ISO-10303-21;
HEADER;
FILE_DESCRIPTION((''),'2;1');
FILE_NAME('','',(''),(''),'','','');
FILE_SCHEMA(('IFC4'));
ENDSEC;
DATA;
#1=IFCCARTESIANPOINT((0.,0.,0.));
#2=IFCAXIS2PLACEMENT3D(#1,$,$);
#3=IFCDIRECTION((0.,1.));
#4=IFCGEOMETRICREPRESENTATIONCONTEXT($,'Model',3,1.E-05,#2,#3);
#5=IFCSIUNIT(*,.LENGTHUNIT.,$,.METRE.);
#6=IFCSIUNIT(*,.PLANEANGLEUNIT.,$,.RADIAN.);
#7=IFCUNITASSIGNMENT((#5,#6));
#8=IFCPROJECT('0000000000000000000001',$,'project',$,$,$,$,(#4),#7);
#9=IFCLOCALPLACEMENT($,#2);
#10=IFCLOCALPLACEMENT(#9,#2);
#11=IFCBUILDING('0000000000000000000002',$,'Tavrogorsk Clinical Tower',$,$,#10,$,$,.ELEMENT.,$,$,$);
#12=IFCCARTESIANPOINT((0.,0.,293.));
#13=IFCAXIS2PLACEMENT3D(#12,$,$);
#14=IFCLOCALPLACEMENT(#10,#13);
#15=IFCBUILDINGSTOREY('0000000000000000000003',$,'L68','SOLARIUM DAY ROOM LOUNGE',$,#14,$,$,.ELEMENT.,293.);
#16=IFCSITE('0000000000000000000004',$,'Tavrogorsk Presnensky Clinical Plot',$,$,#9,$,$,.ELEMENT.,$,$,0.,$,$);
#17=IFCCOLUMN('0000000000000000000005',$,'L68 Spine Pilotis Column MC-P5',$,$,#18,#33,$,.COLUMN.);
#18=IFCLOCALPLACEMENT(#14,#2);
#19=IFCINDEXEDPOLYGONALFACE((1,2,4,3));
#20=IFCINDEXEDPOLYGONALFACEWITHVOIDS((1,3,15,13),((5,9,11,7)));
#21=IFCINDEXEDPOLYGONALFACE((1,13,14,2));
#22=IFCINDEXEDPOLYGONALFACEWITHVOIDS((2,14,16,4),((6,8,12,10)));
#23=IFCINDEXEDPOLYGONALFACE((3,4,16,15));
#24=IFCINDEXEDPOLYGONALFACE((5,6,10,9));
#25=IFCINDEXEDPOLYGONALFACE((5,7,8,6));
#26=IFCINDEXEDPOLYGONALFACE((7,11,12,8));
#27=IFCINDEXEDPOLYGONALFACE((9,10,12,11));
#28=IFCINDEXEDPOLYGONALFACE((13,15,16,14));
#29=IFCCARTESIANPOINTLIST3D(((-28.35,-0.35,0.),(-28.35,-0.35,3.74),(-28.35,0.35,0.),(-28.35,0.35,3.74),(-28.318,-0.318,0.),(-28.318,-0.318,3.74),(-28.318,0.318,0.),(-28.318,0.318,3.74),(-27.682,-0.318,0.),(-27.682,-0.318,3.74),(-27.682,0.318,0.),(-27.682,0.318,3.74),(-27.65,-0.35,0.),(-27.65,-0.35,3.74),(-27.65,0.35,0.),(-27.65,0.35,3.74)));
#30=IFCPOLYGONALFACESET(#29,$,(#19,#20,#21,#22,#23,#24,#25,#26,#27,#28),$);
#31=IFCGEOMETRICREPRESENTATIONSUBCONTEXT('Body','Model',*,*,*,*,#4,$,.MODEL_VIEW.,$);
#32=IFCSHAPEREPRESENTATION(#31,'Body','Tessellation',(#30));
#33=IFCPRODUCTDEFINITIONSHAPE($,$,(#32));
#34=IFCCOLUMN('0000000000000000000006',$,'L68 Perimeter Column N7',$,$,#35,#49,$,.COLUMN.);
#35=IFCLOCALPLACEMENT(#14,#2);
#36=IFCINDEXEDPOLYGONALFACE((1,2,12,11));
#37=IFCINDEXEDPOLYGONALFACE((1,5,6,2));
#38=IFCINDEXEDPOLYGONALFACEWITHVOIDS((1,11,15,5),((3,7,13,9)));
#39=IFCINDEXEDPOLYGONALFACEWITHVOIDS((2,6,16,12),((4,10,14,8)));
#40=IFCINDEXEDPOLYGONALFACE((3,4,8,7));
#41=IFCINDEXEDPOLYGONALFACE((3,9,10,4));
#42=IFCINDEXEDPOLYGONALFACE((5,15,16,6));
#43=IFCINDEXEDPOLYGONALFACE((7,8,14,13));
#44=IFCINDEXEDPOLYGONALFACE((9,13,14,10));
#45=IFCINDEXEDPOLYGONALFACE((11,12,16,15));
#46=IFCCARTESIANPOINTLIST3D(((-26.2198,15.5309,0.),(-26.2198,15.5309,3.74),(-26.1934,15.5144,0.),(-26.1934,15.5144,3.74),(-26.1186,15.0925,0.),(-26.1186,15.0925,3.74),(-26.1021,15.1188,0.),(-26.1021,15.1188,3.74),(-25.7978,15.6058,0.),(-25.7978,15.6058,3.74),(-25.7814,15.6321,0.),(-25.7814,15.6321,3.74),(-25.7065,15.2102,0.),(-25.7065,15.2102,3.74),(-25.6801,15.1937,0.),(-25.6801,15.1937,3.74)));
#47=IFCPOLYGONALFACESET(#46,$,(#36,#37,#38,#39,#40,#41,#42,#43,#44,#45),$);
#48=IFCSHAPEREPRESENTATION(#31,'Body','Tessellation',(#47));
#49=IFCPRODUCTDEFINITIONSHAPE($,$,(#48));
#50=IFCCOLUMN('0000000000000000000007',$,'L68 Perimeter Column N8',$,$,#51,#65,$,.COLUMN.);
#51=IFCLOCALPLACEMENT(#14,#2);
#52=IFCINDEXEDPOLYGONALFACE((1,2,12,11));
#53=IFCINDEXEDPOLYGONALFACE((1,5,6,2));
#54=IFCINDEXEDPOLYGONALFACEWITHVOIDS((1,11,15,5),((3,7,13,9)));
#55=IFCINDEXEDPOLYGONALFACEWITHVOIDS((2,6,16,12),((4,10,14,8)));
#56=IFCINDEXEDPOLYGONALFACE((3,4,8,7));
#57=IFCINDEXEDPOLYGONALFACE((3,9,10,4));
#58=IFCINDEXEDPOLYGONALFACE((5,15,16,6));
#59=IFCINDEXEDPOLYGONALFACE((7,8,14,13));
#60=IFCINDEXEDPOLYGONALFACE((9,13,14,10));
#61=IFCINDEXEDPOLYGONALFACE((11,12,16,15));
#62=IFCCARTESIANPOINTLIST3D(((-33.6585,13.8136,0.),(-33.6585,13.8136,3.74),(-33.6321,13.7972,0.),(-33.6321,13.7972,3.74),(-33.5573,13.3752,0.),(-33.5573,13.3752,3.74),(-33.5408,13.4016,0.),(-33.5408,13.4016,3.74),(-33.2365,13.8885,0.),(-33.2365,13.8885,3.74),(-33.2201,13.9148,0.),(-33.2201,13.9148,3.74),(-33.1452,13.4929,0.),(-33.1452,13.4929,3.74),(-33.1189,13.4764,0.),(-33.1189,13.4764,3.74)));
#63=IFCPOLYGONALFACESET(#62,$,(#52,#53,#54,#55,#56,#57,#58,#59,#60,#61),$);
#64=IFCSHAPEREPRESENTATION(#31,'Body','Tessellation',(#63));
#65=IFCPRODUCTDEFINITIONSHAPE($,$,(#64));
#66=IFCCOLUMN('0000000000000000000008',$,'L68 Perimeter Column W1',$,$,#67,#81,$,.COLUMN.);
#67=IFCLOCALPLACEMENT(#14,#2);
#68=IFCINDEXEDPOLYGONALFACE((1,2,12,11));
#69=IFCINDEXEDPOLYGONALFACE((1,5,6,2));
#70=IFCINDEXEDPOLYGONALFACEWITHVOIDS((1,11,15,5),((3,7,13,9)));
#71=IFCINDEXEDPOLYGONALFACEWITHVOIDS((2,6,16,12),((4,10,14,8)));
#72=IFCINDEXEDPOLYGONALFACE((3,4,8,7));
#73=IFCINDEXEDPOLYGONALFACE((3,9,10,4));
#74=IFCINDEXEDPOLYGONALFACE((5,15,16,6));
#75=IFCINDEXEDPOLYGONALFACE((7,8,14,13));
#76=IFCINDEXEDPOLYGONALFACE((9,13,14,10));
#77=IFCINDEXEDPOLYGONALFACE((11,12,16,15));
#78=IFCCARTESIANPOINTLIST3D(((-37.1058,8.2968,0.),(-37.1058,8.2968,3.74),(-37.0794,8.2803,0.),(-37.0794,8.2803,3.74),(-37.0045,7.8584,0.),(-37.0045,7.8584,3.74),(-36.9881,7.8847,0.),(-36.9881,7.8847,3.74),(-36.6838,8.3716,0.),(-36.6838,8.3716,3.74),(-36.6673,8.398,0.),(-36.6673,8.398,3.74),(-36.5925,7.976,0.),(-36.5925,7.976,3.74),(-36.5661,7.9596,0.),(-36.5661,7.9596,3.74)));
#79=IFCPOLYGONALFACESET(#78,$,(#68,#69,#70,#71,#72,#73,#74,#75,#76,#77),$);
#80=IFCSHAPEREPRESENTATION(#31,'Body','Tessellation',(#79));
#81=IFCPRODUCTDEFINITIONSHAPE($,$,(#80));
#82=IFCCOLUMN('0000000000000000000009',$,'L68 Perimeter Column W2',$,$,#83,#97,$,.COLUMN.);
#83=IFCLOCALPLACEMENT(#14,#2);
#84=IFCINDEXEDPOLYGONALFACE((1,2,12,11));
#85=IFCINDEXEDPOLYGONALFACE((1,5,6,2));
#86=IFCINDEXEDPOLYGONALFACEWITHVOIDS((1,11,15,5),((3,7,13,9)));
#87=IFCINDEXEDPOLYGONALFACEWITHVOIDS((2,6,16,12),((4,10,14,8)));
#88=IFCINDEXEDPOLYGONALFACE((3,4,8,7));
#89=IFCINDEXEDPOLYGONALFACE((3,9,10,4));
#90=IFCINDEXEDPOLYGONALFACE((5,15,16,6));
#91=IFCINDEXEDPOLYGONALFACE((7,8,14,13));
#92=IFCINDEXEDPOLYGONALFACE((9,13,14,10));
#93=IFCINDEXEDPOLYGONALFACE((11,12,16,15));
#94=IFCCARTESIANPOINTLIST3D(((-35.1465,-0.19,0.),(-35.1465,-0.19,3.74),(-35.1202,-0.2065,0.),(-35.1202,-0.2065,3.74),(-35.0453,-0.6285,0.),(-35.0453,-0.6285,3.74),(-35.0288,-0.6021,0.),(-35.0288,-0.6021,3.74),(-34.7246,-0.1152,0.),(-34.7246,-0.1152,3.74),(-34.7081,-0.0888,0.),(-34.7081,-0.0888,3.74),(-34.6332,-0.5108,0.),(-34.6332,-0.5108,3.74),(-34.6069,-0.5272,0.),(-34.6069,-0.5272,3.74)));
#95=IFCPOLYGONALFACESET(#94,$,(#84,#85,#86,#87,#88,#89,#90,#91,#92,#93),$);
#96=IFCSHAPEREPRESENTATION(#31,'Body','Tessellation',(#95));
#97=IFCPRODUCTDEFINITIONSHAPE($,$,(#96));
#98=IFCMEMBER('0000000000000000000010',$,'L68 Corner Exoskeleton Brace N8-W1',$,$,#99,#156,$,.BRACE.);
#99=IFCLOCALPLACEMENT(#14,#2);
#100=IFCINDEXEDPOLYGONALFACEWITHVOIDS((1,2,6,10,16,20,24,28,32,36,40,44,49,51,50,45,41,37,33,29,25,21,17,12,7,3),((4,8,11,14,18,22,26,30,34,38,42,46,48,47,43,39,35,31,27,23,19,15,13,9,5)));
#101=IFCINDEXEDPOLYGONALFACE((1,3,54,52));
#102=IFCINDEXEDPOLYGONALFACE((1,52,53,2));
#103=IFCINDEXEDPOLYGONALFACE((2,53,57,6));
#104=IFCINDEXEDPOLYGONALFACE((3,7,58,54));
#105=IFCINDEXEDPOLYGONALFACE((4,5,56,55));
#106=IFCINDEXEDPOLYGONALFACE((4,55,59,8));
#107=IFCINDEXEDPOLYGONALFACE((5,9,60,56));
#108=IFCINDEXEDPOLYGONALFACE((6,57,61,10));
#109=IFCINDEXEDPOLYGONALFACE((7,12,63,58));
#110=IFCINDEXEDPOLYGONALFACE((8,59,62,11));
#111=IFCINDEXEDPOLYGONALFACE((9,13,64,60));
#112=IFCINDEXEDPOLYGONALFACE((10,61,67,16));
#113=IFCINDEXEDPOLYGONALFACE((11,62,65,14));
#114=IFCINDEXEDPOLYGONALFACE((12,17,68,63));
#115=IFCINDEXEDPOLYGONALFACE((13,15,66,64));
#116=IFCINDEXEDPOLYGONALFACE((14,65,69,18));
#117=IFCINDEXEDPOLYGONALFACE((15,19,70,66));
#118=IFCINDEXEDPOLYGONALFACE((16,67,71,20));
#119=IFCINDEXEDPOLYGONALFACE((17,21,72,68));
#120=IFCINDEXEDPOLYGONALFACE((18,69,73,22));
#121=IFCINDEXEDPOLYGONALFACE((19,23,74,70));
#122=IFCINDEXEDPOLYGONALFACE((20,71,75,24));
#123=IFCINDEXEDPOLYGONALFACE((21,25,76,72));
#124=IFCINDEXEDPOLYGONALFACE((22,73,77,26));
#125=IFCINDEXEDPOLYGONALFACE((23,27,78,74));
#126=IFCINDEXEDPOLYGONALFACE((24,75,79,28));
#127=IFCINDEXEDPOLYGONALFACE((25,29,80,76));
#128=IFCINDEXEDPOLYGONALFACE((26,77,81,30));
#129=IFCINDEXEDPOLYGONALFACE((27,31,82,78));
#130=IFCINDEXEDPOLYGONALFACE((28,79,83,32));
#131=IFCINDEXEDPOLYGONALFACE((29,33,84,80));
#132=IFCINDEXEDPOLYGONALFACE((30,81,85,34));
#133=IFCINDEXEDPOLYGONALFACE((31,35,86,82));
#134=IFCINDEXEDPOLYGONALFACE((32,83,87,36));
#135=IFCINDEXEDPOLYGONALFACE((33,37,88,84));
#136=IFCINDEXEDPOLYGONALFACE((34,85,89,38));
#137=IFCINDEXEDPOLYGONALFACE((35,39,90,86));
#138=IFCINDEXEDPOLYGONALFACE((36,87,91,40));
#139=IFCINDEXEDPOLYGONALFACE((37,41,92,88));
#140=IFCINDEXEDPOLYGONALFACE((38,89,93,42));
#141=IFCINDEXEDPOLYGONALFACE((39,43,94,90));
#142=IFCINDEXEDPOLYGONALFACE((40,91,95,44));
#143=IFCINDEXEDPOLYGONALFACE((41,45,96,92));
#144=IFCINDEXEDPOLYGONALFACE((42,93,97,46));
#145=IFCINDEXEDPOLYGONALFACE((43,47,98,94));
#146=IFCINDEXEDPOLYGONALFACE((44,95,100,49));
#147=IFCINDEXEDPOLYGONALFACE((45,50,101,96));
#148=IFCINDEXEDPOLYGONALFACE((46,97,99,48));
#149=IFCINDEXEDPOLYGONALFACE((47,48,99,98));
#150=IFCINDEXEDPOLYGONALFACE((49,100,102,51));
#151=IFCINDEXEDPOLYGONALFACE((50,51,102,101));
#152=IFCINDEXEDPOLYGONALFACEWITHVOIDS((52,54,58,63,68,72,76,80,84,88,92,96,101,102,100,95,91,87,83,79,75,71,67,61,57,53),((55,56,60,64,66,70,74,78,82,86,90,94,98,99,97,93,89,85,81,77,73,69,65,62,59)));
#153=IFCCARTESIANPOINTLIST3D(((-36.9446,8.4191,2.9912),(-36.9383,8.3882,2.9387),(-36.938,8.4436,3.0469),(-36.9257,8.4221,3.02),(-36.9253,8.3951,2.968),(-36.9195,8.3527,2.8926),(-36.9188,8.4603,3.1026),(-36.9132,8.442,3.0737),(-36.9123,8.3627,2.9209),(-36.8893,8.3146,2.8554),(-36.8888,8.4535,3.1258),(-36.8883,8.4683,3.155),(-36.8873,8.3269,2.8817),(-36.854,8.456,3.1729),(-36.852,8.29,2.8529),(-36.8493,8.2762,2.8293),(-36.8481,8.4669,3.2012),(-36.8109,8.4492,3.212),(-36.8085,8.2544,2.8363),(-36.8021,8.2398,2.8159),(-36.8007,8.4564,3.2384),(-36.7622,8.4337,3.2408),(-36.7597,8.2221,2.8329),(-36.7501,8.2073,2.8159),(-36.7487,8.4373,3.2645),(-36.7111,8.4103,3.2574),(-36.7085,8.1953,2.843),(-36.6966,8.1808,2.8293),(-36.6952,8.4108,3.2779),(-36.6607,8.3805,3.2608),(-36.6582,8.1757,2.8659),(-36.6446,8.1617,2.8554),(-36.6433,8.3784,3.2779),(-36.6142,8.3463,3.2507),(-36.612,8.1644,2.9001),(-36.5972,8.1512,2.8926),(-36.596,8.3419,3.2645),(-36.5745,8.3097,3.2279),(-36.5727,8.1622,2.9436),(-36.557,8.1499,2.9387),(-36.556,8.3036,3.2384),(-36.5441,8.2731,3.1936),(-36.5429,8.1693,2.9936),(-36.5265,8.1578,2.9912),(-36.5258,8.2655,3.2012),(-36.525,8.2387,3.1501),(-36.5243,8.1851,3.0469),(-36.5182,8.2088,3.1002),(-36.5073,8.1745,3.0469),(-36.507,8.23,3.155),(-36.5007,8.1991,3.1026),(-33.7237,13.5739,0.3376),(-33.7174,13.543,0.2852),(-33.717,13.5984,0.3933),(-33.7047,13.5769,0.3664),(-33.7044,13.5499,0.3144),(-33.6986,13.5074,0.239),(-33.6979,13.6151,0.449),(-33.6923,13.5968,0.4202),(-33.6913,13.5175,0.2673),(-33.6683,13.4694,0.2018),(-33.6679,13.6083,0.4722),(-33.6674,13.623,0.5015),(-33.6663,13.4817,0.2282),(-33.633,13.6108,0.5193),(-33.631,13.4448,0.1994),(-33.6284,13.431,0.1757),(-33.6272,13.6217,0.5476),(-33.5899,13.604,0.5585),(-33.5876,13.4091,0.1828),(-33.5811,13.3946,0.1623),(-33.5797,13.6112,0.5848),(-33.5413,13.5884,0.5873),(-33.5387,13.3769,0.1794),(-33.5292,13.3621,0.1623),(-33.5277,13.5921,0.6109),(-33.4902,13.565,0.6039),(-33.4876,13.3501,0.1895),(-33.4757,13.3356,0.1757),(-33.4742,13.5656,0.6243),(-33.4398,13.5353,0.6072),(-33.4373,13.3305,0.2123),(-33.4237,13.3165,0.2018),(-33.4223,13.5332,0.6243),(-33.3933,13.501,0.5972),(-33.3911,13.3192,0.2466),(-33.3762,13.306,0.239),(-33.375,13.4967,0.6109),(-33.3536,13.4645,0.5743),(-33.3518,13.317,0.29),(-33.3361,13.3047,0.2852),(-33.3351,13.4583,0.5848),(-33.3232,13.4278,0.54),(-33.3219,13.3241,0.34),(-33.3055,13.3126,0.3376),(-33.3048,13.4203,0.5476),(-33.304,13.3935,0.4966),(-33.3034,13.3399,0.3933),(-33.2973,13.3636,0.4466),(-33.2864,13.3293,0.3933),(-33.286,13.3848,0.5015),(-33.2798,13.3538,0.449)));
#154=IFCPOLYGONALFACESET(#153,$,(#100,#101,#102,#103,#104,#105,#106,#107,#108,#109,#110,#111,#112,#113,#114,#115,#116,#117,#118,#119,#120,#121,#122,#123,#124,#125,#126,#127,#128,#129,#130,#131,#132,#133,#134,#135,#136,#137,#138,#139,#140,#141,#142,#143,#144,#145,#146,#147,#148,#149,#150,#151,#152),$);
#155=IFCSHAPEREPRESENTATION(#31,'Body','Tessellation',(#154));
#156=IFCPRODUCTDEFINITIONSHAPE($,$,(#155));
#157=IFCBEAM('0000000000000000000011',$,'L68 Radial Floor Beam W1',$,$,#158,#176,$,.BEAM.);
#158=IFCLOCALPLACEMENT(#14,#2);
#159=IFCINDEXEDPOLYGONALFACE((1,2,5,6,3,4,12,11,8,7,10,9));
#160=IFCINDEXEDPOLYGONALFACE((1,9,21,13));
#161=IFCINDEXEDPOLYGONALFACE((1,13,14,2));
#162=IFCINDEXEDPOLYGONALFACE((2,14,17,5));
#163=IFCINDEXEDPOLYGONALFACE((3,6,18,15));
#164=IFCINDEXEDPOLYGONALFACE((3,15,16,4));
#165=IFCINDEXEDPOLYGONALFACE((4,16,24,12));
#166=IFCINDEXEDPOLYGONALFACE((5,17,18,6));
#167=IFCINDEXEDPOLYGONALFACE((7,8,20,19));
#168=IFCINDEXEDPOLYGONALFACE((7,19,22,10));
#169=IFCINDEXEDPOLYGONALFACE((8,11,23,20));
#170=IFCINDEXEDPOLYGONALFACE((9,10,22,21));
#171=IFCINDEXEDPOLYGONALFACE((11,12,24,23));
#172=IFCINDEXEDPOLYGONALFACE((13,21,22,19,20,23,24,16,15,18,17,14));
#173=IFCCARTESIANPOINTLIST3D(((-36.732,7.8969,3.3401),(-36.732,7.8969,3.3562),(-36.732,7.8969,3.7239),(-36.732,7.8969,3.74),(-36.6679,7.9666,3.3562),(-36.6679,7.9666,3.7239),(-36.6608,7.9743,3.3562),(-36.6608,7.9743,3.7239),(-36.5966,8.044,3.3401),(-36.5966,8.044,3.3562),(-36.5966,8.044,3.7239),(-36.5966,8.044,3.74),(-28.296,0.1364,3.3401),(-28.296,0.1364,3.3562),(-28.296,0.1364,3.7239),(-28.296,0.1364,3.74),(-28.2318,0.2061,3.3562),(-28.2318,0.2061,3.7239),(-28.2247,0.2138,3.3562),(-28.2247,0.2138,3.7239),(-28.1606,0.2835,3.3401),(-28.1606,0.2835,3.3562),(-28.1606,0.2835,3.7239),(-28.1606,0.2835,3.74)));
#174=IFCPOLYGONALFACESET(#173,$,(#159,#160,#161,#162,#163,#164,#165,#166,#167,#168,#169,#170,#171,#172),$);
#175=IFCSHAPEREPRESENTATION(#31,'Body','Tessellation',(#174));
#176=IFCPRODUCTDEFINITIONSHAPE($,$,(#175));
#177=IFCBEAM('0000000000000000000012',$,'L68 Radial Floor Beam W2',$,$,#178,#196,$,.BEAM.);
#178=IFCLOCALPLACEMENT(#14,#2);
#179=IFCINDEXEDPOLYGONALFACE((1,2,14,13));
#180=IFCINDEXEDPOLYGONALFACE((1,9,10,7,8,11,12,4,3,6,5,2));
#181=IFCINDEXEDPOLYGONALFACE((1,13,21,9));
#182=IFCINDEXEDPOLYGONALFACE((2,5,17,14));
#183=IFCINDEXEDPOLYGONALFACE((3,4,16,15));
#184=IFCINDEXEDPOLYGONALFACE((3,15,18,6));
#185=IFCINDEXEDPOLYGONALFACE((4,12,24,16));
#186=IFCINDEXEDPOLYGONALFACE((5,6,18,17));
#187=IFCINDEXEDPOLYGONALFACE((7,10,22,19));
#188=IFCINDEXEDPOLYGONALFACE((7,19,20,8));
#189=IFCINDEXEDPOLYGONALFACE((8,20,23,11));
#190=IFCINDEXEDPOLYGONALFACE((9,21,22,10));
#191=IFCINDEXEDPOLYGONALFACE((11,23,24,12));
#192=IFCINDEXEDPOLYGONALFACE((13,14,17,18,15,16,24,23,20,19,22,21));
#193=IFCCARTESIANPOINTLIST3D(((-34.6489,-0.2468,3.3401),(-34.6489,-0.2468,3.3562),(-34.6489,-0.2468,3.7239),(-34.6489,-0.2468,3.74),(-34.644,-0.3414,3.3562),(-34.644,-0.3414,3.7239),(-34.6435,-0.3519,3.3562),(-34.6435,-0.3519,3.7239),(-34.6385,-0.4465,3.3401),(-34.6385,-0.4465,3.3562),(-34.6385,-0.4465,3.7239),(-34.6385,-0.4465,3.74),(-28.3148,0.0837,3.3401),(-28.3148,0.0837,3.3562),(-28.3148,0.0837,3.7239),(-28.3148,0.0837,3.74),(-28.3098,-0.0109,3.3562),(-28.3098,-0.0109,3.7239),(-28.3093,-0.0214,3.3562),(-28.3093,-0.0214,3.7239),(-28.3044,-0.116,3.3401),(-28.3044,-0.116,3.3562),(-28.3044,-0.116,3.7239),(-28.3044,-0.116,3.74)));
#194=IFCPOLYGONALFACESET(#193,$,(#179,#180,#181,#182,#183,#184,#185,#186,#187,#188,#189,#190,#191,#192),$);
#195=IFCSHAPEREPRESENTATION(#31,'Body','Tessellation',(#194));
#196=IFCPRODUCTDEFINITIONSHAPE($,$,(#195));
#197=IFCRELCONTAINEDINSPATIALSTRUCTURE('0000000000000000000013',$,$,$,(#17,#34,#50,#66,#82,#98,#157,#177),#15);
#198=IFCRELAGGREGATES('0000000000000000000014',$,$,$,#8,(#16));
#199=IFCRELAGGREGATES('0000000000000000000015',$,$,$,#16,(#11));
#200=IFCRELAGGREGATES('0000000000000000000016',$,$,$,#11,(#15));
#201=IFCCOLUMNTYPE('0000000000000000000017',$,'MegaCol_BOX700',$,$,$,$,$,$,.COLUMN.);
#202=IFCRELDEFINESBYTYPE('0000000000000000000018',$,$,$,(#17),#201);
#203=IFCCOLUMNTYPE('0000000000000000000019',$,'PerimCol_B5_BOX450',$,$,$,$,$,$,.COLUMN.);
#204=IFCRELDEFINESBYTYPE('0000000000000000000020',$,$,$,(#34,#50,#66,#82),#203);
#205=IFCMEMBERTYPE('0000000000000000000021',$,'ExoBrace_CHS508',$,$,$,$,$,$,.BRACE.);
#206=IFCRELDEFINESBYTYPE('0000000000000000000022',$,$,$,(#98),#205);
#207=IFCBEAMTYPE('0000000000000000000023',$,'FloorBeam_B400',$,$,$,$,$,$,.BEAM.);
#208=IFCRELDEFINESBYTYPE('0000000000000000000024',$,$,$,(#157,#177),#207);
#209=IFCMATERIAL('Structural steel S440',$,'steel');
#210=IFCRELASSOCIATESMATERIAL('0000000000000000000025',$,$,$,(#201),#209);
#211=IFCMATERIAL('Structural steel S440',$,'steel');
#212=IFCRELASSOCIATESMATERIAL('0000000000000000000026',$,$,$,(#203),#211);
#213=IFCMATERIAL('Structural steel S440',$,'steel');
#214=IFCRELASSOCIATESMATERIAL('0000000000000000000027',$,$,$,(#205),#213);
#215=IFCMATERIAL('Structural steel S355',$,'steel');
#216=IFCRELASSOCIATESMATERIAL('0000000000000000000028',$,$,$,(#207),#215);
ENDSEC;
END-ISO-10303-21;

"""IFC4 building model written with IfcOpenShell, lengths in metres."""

from ifc_helpers import new_model, si_unit, direction, frame, origin, origin_2d, place, context, subcontext, project, spatial, hollow_rectangle, hollow_circle, i_section, extrude, material, material_profile, profile_set, type_object, element, save


model = new_model("IFC4")

# Units and contexts
model_context = context("Model", 3, precision=1e-05, world=origin(), true_north=direction((0.0, 1.0)))
body_context = subcontext(model_context, "Body", "Model", "MODEL_VIEW")
ifc_project = project(units=[si_unit("LENGTHUNIT", "METRE"), si_unit("PLANEANGLEUNIT", "RADIAN")], contexts=[model_context])

# Site, building, storey
site_placement = place(None, origin())
site = spatial("IfcSite", under=ifc_project, at=site_placement, Name="Tavrogorsk Presnensky Clinical Plot", CompositionType="ELEMENT", RefElevation=0.0)
building_placement = place(site_placement, origin())
building = spatial("IfcBuilding", under=site, at=building_placement, Name="Tavrogorsk Clinical Tower", CompositionType="ELEMENT")
storey_placement = place(building_placement, frame((0.0, 0.0, 293.0)))
storey = spatial("IfcBuildingStorey", under=building, at=storey_placement, Name="L68", Description="SOLARIUM DAY ROOM LOUNGE", CompositionType="ELEMENT", Elevation=293.0)

# Columns
ifc_material_1 = material(Name="Structural steel S440", Category="steel")
ifc_material_profile_1 = material_profile(ifc_material_1, hollow_rectangle(XDim=0.7, YDim=0.7, WallThickness=0.032, at=origin_2d()), Name="BOX-700x700x32")
ifc_profile_set_1 = profile_set([ifc_material_profile_1], Name="Structural steel S440")
column_type_1 = type_object("IfcColumnType", Name="MegaCol_BOX700", PredefinedType="COLUMN", material=ifc_profile_set_1)
column_placement = place(storey_placement, frame((-28.0, 0.0, 0.0), z_axis=(0.0, 0.0, 1.0), x_axis=(1.0, 0.0, 0.0)))
element("IfcColumn", 1, at=column_placement, inside=storey, type_object=column_type_1, Name="L68 Spine Pilotis Column MC-P5", PredefinedType="COLUMN", context=body_context, shape_type="SweptSolid", body=[
    extrude(hollow_rectangle(XDim=0.7, YDim=0.7, WallThickness=0.032, at=origin_2d()), origin(), (0.0, 0.0, 1.0), 3.74),
])
ifc_material_2 = material(Name="Structural steel S440", Category="steel")
ifc_material_profile_2 = material_profile(ifc_material_2, hollow_rectangle(XDim=0.45, YDim=0.45, WallThickness=0.022, at=origin_2d()), Name="BOX-450x450x22")
ifc_profile_set_2 = profile_set([ifc_material_profile_2], Name="Structural steel S440")
column_type_2 = type_object("IfcColumnType", Name="PerimCol_B5_BOX450", PredefinedType="COLUMN", material=ifc_profile_set_2)
for number, where, z_axis, x_axis, name in (
    (2, (-25.95, 15.3623, 0.0), (0.0, 0.0, 1.0), (0.97437, 0.224951, 0.0), "L68 Perimeter Column N7"),
    (3, (-33.3887, 13.645, 0.0), (0.0, 0.0, 1.0), (0.97437, 0.224951, 0.0), "L68 Perimeter Column N8"),
    (4, (-36.8359, 8.1282, 0.0), (0.0, 0.0, 1.0), (0.97437, 0.224951, 0.0), "L68 Perimeter Column W1"),
    (5, (-34.8767, -0.3586, 0.0), (0.0, 0.0, 1.0), (0.97437, 0.224951, 0.0), "L68 Perimeter Column W2"),
):
    element("IfcColumn", number, at=place(storey_placement, frame(where, z_axis=z_axis, x_axis=x_axis)), inside=storey, type_object=column_type_2, Name=name, PredefinedType="COLUMN", context=body_context, shape_type="SweptSolid", body=[
        extrude(hollow_rectangle(XDim=0.45, YDim=0.45, WallThickness=0.022, at=origin_2d()), origin(), (0.0, 0.0, 1.0), 3.74),
    ])

# Member
ifc_material_3 = material(Name="Structural steel S440", Category="steel")
ifc_material_profile_3 = material_profile(ifc_material_3, hollow_circle(Radius=0.2539, WallThickness=0.02, at=origin_2d()), Name="CHS-508x20")
ifc_profile_set_3 = profile_set([ifc_material_profile_3], Name="Structural steel S440")
member_type = type_object("IfcMemberType", Name="ExoBrace_CHS508", PredefinedType="BRACE", material=ifc_profile_set_3)
member_placement = place(storey_placement, frame((-33.5017, 13.4639, 0.3933), z_axis=(-0.485644, -0.777222, 0.400096), x_axis=(0.848057, -0.529905, 0.0)))
element("IfcMember", 6, at=member_placement, inside=storey, type_object=member_type, Name="L68 Corner Exoskeleton Brace N8-W1", PredefinedType="BRACE", context=body_context, shape_type="SweptSolid", body=[
    extrude(hollow_circle(Radius=0.2539, WallThickness=0.02, at=origin_2d()), origin(), (0.0, 0.0, 1.0), 6.6323),
])

# Beams
ifc_material_4 = material(Name="Structural steel S355", Category="steel")
ifc_material_profile_4 = material_profile(ifc_material_4, i_section(OverallWidth=0.2, OverallDepth=0.3999, WebThickness=0.0105, FlangeThickness=0.0161, at=origin_2d()), Name="B-400x200x10.5x16")
ifc_profile_set_4 = profile_set([ifc_material_profile_4], Name="Structural steel S355")
beam_type_1 = type_object("IfcBeamType", Name="FloorBeam_B400", PredefinedType="BEAM", material=ifc_profile_set_4)
beam_1_placement = place(storey_placement, frame((-28.2283, 0.21, 3.54), z_axis=(-0.735959, 0.677026, 0.0), x_axis=(-0.677026, -0.735959, 0.0)))
element("IfcBeam", 7, at=beam_1_placement, inside=storey, type_object=beam_type_1, Name="L68 Radial Floor Beam W1", PredefinedType="BEAM", context=body_context, shape_type="SweptSolid", body=[
    extrude(i_section(OverallWidth=0.2, OverallDepth=0.3999, WebThickness=0.0105, FlangeThickness=0.0161, at=origin_2d()), origin(), (0.0, 0.0, 1.0), 11.4626),
])
beam_2_placement = place(storey_placement, frame((-28.3096, -0.0161, 3.54), z_axis=(-0.998641, -0.052116, 0.0), x_axis=(0.052116, -0.998641, 0.0)))
element("IfcBeam", 8, at=beam_2_placement, inside=storey, type_object=beam_type_1, Name="L68 Radial Floor Beam W2", PredefinedType="BEAM", context=body_context, shape_type="SweptSolid", body=[
    extrude(i_section(OverallWidth=0.2, OverallDepth=0.3999, WebThickness=0.0105, FlangeThickness=0.0161, at=origin_2d()), origin(), (0.0, 0.0, 1.0), 6.3428),
])

save(model, "model.ifc")
